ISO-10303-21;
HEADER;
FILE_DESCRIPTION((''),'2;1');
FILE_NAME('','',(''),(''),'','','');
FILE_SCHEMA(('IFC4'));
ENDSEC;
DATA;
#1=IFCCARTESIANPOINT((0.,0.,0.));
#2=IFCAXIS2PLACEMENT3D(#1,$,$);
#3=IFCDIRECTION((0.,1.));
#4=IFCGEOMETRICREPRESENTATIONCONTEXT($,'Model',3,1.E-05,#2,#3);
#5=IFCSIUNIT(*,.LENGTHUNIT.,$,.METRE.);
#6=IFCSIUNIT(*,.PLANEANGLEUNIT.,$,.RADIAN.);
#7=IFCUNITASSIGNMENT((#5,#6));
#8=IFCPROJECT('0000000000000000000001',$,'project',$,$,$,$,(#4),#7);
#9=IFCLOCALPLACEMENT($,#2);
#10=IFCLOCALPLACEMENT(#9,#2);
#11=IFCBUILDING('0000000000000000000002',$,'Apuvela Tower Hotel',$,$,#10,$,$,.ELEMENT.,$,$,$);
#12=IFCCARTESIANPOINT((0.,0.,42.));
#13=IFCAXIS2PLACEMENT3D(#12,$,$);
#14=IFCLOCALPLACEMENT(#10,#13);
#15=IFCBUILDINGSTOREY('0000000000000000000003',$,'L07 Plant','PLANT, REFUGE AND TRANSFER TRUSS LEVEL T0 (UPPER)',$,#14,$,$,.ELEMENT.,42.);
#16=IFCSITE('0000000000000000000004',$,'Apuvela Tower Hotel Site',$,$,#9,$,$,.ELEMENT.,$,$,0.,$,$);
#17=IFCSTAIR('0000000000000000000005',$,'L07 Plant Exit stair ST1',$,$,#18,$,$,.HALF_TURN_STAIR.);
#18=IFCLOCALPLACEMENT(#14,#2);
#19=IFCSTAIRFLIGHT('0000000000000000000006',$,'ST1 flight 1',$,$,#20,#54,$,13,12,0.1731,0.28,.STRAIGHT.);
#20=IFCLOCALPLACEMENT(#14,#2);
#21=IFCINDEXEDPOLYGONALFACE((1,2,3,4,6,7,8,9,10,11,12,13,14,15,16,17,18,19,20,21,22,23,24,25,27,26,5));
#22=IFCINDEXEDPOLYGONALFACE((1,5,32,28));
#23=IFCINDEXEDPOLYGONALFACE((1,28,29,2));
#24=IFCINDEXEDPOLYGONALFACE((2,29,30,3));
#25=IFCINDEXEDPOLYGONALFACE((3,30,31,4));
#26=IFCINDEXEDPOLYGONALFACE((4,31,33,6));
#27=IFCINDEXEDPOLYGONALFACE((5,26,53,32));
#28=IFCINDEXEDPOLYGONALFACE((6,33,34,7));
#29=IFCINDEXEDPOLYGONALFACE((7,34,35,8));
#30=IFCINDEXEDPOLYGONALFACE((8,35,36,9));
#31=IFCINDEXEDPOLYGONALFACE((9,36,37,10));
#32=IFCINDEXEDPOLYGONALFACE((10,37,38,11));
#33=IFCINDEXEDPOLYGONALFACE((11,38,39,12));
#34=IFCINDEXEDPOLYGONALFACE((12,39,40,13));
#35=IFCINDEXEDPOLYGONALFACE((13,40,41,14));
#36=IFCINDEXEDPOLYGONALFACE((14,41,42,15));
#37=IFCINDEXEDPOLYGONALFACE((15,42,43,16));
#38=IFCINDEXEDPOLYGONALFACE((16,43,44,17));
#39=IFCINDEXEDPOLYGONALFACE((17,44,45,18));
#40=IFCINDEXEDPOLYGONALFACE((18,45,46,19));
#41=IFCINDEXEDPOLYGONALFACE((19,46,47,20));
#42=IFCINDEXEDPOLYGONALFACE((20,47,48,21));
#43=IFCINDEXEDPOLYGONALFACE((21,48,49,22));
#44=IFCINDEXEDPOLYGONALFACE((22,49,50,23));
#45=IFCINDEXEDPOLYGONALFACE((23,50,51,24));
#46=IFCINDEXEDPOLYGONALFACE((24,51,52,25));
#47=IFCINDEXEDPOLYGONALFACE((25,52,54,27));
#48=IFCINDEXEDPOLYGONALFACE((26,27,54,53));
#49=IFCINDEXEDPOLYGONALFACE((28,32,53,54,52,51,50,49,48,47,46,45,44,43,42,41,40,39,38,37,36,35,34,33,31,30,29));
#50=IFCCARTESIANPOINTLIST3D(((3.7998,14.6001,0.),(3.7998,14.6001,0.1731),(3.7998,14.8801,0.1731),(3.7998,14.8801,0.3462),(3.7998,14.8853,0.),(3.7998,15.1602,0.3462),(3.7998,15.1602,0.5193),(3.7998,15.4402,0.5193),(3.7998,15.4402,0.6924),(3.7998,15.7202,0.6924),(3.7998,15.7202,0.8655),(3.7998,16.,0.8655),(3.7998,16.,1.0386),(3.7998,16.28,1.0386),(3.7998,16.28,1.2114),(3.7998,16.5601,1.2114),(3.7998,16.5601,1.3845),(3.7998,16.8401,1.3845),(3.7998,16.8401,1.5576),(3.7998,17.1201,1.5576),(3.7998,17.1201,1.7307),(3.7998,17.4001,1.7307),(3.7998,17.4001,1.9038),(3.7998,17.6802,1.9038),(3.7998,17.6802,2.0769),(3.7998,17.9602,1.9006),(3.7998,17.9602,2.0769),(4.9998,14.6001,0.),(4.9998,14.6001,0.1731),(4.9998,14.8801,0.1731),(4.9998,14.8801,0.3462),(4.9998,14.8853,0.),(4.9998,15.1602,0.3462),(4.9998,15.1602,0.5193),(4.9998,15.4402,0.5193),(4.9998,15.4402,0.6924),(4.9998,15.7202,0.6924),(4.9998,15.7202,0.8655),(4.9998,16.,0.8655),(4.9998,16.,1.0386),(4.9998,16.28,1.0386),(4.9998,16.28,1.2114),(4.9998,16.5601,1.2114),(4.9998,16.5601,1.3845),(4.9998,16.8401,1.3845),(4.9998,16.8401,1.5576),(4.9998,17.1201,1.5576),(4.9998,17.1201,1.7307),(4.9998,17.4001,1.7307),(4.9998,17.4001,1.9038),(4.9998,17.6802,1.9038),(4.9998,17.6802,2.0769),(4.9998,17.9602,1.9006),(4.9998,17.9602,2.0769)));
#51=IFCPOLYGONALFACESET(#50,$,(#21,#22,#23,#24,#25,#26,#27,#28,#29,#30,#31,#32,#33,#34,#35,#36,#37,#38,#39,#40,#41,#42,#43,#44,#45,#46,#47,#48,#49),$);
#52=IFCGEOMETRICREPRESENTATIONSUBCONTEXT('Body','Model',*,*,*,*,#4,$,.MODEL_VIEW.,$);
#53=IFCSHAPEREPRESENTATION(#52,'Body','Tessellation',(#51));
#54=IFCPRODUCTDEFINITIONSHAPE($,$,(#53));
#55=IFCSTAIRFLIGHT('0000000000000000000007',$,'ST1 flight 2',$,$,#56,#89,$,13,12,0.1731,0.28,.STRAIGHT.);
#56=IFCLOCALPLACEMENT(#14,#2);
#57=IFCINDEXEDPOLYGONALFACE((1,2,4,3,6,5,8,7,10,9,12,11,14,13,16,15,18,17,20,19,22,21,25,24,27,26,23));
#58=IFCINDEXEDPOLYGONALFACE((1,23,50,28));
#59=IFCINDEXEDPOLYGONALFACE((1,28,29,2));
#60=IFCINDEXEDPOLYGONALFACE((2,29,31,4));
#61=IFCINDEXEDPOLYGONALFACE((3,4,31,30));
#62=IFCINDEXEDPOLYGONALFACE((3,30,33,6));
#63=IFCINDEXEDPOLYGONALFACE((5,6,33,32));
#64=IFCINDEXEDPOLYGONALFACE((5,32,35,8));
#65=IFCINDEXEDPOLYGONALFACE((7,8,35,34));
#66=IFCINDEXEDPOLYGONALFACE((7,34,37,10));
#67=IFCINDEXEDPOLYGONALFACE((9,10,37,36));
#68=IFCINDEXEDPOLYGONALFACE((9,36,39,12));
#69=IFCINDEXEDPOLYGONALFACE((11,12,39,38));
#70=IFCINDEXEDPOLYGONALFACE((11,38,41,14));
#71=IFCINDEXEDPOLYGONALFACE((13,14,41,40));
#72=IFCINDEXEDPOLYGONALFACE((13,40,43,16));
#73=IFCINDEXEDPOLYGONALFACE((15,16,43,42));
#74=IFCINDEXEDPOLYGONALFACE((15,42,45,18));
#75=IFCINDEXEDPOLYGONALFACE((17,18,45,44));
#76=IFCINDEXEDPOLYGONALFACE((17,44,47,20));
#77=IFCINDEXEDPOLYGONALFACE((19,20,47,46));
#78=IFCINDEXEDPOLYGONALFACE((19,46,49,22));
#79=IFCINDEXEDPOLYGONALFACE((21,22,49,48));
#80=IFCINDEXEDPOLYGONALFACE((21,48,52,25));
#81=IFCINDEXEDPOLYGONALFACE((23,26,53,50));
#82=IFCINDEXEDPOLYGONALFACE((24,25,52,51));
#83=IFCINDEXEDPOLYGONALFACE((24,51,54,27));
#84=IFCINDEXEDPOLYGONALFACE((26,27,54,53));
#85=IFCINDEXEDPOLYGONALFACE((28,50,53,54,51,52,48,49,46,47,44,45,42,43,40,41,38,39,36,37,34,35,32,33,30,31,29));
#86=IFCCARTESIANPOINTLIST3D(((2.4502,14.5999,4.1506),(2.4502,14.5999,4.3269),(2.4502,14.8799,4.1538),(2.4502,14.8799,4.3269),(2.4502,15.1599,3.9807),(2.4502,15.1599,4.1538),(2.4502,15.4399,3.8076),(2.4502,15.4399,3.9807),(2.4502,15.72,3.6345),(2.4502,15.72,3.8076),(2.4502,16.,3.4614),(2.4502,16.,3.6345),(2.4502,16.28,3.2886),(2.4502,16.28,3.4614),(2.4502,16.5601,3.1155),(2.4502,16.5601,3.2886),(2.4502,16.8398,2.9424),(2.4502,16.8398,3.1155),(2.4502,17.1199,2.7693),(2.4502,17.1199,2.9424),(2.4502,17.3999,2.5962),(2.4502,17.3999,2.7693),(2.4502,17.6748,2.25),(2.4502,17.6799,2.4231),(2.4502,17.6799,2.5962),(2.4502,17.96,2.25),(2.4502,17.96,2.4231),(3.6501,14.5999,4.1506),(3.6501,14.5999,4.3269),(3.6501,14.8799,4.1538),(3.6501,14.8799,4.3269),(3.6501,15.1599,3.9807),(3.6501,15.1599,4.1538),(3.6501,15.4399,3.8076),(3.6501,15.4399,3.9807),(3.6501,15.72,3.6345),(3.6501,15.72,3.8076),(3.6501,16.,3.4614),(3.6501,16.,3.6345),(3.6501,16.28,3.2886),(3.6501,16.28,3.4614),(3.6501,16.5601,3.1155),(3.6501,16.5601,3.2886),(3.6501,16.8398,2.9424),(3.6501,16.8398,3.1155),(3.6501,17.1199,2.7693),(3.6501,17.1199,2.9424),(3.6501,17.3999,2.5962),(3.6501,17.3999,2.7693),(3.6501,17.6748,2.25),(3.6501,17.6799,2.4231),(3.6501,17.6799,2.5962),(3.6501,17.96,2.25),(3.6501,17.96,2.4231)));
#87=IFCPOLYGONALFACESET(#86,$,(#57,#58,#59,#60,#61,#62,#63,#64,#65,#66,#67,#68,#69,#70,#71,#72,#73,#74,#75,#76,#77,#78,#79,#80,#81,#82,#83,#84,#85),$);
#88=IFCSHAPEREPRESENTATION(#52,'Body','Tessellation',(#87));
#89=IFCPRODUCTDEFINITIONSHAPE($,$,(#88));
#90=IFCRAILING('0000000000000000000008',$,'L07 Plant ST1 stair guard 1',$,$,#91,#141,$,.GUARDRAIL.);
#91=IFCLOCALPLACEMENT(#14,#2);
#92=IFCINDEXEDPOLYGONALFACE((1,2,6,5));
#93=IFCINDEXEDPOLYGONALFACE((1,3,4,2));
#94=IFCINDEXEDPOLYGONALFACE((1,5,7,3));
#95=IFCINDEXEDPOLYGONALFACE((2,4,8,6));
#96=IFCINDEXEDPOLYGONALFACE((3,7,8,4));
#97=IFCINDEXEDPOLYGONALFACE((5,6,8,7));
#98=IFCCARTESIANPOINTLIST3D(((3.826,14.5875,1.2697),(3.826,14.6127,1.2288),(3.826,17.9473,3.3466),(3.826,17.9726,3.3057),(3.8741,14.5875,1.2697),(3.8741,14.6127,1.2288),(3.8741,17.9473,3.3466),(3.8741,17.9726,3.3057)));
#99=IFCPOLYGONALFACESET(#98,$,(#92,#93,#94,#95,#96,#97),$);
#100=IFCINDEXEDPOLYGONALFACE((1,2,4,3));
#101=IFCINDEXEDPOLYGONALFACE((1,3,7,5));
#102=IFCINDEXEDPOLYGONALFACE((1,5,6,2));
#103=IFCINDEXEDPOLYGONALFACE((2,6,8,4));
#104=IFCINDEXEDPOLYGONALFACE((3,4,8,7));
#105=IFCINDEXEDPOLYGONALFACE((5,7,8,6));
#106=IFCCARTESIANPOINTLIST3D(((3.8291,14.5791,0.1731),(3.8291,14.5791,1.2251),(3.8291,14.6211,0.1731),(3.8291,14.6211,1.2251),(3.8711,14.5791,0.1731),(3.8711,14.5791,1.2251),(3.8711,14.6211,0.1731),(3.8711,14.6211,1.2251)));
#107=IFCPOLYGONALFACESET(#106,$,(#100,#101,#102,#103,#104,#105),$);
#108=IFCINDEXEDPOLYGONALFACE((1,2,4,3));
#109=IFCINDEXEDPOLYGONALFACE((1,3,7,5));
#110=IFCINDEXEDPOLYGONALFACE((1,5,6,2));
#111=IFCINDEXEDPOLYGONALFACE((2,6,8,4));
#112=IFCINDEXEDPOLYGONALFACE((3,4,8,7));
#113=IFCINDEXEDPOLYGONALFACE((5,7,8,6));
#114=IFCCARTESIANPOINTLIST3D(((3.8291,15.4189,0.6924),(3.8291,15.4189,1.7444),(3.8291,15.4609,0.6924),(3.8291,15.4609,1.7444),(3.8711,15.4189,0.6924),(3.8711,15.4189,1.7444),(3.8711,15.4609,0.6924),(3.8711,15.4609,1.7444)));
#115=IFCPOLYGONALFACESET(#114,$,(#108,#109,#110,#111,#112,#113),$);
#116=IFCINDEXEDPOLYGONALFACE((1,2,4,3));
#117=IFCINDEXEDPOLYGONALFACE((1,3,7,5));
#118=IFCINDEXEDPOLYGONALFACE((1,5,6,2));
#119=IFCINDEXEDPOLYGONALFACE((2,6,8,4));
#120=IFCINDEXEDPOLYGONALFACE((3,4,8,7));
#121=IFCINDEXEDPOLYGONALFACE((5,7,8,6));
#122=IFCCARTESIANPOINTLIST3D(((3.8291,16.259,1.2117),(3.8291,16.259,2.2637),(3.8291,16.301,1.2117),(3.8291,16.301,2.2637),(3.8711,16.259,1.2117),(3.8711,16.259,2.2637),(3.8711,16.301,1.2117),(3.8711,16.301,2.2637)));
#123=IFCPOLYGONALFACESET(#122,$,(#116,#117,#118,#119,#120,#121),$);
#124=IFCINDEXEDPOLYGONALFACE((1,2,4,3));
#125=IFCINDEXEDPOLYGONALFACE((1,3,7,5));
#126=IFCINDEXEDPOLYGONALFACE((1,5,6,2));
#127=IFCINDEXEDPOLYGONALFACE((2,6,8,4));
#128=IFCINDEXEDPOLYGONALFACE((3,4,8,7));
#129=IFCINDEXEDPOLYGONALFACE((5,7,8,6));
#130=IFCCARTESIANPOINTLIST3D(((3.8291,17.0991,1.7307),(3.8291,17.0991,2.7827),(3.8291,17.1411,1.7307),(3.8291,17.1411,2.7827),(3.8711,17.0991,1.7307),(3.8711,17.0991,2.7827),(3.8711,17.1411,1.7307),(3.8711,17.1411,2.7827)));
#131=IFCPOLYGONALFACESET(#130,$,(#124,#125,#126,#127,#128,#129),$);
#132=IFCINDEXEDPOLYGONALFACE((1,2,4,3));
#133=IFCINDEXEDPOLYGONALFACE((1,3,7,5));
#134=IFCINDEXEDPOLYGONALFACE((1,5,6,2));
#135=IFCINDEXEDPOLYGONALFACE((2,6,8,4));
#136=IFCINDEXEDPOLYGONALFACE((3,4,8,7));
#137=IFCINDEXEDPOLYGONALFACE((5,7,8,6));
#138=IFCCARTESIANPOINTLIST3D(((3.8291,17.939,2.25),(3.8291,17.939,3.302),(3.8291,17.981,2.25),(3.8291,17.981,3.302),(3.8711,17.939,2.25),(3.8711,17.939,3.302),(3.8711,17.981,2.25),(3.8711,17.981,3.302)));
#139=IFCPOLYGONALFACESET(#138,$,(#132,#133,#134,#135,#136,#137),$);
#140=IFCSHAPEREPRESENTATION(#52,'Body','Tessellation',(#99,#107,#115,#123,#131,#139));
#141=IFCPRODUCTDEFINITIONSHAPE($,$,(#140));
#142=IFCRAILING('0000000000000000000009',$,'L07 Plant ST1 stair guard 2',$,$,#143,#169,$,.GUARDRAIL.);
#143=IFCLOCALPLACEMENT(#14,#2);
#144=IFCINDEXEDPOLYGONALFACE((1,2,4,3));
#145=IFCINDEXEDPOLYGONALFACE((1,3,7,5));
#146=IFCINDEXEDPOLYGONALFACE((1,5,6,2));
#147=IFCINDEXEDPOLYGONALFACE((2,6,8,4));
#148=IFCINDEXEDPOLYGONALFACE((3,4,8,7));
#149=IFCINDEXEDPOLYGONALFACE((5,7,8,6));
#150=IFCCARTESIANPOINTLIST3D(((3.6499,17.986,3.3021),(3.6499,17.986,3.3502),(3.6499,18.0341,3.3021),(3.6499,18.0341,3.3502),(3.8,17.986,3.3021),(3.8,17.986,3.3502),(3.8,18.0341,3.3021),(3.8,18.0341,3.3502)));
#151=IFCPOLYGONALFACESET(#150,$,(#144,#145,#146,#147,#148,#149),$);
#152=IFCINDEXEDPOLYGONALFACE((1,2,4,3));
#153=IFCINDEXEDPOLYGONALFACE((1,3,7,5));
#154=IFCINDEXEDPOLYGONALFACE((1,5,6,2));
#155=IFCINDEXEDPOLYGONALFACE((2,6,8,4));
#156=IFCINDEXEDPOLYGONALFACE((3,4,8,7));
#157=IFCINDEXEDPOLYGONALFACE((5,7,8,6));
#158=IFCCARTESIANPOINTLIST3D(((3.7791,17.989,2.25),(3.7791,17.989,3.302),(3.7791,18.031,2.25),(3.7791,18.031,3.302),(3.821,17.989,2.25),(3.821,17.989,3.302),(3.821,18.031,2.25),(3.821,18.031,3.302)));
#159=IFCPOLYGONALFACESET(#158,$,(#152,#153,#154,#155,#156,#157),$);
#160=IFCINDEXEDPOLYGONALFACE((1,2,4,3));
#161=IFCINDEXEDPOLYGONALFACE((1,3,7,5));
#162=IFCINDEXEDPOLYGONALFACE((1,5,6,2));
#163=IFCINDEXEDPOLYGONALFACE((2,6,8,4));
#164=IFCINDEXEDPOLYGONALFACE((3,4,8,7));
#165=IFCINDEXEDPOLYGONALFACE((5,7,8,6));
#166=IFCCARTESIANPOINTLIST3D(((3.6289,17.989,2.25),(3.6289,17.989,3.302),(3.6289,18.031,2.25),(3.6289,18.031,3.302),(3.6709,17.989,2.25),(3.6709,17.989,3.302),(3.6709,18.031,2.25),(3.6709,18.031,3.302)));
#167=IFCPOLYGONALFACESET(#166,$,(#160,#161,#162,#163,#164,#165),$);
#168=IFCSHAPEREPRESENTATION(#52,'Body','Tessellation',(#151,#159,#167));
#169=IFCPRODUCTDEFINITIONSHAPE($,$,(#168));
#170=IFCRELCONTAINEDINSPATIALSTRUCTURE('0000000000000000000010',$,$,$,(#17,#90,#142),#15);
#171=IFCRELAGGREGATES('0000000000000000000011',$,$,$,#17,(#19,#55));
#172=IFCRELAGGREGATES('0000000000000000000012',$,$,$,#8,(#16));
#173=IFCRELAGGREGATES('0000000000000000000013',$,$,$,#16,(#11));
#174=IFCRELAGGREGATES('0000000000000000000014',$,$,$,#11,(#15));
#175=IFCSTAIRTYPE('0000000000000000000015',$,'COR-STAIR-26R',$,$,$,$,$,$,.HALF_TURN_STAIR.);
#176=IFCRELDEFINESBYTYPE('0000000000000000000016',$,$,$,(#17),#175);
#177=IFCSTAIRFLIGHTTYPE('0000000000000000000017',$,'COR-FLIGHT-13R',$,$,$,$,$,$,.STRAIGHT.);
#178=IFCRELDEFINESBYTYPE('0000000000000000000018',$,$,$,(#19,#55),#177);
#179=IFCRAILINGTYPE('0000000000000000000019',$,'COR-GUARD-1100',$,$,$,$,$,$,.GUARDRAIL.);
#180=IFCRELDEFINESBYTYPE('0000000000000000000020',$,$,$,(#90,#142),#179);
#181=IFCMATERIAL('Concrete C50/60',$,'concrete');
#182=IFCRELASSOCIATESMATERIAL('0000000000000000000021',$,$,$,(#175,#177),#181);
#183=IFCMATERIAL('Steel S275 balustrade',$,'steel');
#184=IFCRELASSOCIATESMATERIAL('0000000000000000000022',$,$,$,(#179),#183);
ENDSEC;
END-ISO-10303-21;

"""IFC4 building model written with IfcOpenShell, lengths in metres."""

from ifc_helpers import new_model, si_unit, direction, frame, origin, origin_2d, place, context, subcontext, project, spatial, polyline, rectangle, outline, extrude, material, type_object, element, aggregate, save


model = new_model("IFC4")

# Units and contexts
model_context = context("Model", 3, precision=1e-05, world=origin(), true_north=direction((0.0, 1.0)))
body_context = subcontext(model_context, "Body", "Model", "MODEL_VIEW")
ifc_project = project(units=[si_unit("LENGTHUNIT", "METRE"), si_unit("PLANEANGLEUNIT", "RADIAN")], contexts=[model_context])

# Site, building, storey
site_placement = place(None, origin())
site = spatial("IfcSite", under=ifc_project, at=site_placement, Name="Apuvela Tower Hotel Site", CompositionType="ELEMENT", RefElevation=0.0)
building_placement = place(site_placement, origin())
building = spatial("IfcBuilding", under=site, at=building_placement, Name="Apuvela Tower Hotel", CompositionType="ELEMENT")
storey_placement = place(building_placement, frame((0.0, 0.0, 42.0)))
storey = spatial("IfcBuildingStorey", under=building, at=storey_placement, Name="L07 Plant", Description="PLANT, REFUGE AND TRANSFER TRUSS LEVEL T0 (UPPER)", CompositionType="ELEMENT", Elevation=42.0)

# Shared definitions
ifc_material_1 = material(Name="Concrete C50/60", Category="concrete")

# Stair, stair flights
stair_type = type_object("IfcStairType", Name="COR-STAIR-26R", PredefinedType="HALF_TURN_STAIR", material=ifc_material_1)
stair_placement = place(storey_placement, origin())
stair = element("IfcStair", 1, at=stair_placement, inside=storey, type_object=stair_type, Name="L07 Plant Exit stair ST1", PredefinedType="HALF_TURN_STAIR")
stair_flight_type = type_object("IfcStairFlightType", Name="COR-FLIGHT-13R", PredefinedType="STRAIGHT", material=ifc_material_1)
stair_flight_1_placement = place(storey_placement, frame((4.3999, 14.6001, 0.0), z_axis=(0.0, 0.0, 1.0), x_axis=(0.0, 1.0, 0.0)))
stair_flight_1 = element("IfcStairFlight", 2, at=stair_flight_1_placement, type_object=stair_flight_type, Name="ST1 flight 1", NumberOfRisers=13, NumberOfTreads=12, PredefinedType="STRAIGHT", RiserHeight=0.1731, TreadLength=0.28, context=body_context, shape_type="SweptSolid", body=[
    extrude(outline(polyline([(0.0, 0.0), (0.0, 0.1731), (0.28, 0.1731), (0.28, 0.3462), (0.5601, 0.3462), (0.5601, 0.5193), (0.8401, 0.5193), (0.8401, 0.6924), (1.1201, 0.6924), (1.1201, 0.8655), (1.3999, 0.8655), (1.3999, 1.0386), (1.6799, 1.0386), (1.6799, 1.2114), (1.96, 1.2114), (1.96, 1.3845), (2.24, 1.3845), (2.24, 1.5576), (2.52, 1.5576), (2.52, 1.7307), (2.8, 1.7307), (2.8, 1.9038), (3.0801, 1.9038), (3.0801, 2.0769), (3.3601, 2.0769), (3.3601, 2.25), (3.3601, 1.9006), (0.2852, 0.0), (0.0, 0.0)])), frame((0.0, 0.6001, 0.0), z_axis=(0.0, -1.0, 0.0), x_axis=(1.0, 0.0, 0.0)), (0.0, 0.0, 1.0), 1.2),
])
stair_flight_2_placement = place(storey_placement, frame((3.05, 17.96, 2.25), z_axis=(0.0, 0.0, 1.0), x_axis=(0.0, -1.0, 0.0)))
stair_flight_2 = element("IfcStairFlight", 3, at=stair_flight_2_placement, type_object=stair_flight_type, Name="ST1 flight 2", NumberOfRisers=13, NumberOfTreads=12, PredefinedType="STRAIGHT", RiserHeight=0.1731, TreadLength=0.28, context=body_context, shape_type="SweptSolid", body=[
    extrude(outline(polyline([(0.0, 0.0), (0.0, 0.1731), (0.28, 0.1731), (0.28, 0.3462), (0.5601, 0.3462), (0.5601, 0.5193), (0.8401, 0.5193), (0.8401, 0.6924), (1.1201, 0.6924), (1.1201, 0.8655), (1.3999, 0.8655), (1.3999, 1.0386), (1.6799, 1.0386), (1.6799, 1.2114), (1.96, 1.2114), (1.96, 1.3845), (2.24, 1.3845), (2.24, 1.5576), (2.52, 1.5576), (2.52, 1.7307), (2.8, 1.7307), (2.8, 1.9038), (3.0801, 1.9038), (3.0801, 2.0769), (3.3601, 2.0769), (3.3601, 2.25), (3.3601, 1.9006), (0.2852, 0.0), (0.0, 0.0)])), frame((0.0, 0.6001, 0.0), z_axis=(0.0, -1.0, 0.0), x_axis=(1.0, 0.0, 0.0)), (0.0, 0.0, 1.0), 1.2),
])
aggregate(stair, [stair_flight_1, stair_flight_2])

# Railings
ifc_material_2 = material(Name="Steel S275 balustrade", Category="steel")
railing_type_1 = type_object("IfcRailingType", Name="COR-GUARD-1100", PredefinedType="GUARDRAIL", material=ifc_material_2)
railing_1_placement = place(storey_placement, frame((3.8501, 14.6001, 0.1731)))
element("IfcRailing", 4, at=railing_1_placement, inside=storey, type_object=railing_type_1, Name="L07 Plant ST1 stair guard 1", PredefinedType="GUARDRAIL", context=body_context, shape_type="SweptSolid", body=[
    extrude(rectangle(XDim=0.0481, YDim=0.0481, at=origin_2d()), frame((0.0, 0.0, 1.0762), z_axis=(0.0, 0.850606, 0.525803), x_axis=(-1.0, 0.0, 0.0)), (0.0, 0.0, 1.0), 3.95),
    extrude(rectangle(XDim=0.042, YDim=0.042, at=origin_2d()), origin(), (0.0, 0.0, 1.0), 1.052),
    extrude(rectangle(XDim=0.042, YDim=0.042, at=origin_2d()), frame((0.0, 0.8398, 0.5193)), (0.0, 0.0, 1.0), 1.052),
    extrude(rectangle(XDim=0.042, YDim=0.042, at=origin_2d()), frame((0.0, 1.6799, 1.0386)), (0.0, 0.0, 1.0), 1.052),
    extrude(rectangle(XDim=0.042, YDim=0.042, at=origin_2d()), frame((0.0, 2.52, 1.5576)), (0.0, 0.0, 1.0), 1.052),
    extrude(rectangle(XDim=0.042, YDim=0.042, at=origin_2d()), frame((0.0, 3.3599, 2.0769)), (0.0, 0.0, 1.0), 1.052),
])
railing_2_placement = place(storey_placement, frame((3.8, 18.01, 2.25)))
element("IfcRailing", 5, at=railing_2_placement, inside=storey, type_object=railing_type_1, Name="L07 Plant ST1 stair guard 2", PredefinedType="GUARDRAIL", context=body_context, shape_type="SweptSolid", body=[
    extrude(rectangle(XDim=0.0481, YDim=0.0481, at=origin_2d()), frame((0.0, 0.0, 1.0762), z_axis=(-1.0, 0.0, 0.0), x_axis=(0.0, -1.0, 0.0)), (0.0, 0.0, 1.0), 0.1501),
    extrude(rectangle(XDim=0.042, YDim=0.042, at=origin_2d()), origin(), (0.0, 0.0, 1.0), 1.052),
    extrude(rectangle(XDim=0.042, YDim=0.042, at=origin_2d()), frame((-0.1501, 0.0, 0.0)), (0.0, 0.0, 1.0), 1.052),
])

save(model, "model.ifc")
